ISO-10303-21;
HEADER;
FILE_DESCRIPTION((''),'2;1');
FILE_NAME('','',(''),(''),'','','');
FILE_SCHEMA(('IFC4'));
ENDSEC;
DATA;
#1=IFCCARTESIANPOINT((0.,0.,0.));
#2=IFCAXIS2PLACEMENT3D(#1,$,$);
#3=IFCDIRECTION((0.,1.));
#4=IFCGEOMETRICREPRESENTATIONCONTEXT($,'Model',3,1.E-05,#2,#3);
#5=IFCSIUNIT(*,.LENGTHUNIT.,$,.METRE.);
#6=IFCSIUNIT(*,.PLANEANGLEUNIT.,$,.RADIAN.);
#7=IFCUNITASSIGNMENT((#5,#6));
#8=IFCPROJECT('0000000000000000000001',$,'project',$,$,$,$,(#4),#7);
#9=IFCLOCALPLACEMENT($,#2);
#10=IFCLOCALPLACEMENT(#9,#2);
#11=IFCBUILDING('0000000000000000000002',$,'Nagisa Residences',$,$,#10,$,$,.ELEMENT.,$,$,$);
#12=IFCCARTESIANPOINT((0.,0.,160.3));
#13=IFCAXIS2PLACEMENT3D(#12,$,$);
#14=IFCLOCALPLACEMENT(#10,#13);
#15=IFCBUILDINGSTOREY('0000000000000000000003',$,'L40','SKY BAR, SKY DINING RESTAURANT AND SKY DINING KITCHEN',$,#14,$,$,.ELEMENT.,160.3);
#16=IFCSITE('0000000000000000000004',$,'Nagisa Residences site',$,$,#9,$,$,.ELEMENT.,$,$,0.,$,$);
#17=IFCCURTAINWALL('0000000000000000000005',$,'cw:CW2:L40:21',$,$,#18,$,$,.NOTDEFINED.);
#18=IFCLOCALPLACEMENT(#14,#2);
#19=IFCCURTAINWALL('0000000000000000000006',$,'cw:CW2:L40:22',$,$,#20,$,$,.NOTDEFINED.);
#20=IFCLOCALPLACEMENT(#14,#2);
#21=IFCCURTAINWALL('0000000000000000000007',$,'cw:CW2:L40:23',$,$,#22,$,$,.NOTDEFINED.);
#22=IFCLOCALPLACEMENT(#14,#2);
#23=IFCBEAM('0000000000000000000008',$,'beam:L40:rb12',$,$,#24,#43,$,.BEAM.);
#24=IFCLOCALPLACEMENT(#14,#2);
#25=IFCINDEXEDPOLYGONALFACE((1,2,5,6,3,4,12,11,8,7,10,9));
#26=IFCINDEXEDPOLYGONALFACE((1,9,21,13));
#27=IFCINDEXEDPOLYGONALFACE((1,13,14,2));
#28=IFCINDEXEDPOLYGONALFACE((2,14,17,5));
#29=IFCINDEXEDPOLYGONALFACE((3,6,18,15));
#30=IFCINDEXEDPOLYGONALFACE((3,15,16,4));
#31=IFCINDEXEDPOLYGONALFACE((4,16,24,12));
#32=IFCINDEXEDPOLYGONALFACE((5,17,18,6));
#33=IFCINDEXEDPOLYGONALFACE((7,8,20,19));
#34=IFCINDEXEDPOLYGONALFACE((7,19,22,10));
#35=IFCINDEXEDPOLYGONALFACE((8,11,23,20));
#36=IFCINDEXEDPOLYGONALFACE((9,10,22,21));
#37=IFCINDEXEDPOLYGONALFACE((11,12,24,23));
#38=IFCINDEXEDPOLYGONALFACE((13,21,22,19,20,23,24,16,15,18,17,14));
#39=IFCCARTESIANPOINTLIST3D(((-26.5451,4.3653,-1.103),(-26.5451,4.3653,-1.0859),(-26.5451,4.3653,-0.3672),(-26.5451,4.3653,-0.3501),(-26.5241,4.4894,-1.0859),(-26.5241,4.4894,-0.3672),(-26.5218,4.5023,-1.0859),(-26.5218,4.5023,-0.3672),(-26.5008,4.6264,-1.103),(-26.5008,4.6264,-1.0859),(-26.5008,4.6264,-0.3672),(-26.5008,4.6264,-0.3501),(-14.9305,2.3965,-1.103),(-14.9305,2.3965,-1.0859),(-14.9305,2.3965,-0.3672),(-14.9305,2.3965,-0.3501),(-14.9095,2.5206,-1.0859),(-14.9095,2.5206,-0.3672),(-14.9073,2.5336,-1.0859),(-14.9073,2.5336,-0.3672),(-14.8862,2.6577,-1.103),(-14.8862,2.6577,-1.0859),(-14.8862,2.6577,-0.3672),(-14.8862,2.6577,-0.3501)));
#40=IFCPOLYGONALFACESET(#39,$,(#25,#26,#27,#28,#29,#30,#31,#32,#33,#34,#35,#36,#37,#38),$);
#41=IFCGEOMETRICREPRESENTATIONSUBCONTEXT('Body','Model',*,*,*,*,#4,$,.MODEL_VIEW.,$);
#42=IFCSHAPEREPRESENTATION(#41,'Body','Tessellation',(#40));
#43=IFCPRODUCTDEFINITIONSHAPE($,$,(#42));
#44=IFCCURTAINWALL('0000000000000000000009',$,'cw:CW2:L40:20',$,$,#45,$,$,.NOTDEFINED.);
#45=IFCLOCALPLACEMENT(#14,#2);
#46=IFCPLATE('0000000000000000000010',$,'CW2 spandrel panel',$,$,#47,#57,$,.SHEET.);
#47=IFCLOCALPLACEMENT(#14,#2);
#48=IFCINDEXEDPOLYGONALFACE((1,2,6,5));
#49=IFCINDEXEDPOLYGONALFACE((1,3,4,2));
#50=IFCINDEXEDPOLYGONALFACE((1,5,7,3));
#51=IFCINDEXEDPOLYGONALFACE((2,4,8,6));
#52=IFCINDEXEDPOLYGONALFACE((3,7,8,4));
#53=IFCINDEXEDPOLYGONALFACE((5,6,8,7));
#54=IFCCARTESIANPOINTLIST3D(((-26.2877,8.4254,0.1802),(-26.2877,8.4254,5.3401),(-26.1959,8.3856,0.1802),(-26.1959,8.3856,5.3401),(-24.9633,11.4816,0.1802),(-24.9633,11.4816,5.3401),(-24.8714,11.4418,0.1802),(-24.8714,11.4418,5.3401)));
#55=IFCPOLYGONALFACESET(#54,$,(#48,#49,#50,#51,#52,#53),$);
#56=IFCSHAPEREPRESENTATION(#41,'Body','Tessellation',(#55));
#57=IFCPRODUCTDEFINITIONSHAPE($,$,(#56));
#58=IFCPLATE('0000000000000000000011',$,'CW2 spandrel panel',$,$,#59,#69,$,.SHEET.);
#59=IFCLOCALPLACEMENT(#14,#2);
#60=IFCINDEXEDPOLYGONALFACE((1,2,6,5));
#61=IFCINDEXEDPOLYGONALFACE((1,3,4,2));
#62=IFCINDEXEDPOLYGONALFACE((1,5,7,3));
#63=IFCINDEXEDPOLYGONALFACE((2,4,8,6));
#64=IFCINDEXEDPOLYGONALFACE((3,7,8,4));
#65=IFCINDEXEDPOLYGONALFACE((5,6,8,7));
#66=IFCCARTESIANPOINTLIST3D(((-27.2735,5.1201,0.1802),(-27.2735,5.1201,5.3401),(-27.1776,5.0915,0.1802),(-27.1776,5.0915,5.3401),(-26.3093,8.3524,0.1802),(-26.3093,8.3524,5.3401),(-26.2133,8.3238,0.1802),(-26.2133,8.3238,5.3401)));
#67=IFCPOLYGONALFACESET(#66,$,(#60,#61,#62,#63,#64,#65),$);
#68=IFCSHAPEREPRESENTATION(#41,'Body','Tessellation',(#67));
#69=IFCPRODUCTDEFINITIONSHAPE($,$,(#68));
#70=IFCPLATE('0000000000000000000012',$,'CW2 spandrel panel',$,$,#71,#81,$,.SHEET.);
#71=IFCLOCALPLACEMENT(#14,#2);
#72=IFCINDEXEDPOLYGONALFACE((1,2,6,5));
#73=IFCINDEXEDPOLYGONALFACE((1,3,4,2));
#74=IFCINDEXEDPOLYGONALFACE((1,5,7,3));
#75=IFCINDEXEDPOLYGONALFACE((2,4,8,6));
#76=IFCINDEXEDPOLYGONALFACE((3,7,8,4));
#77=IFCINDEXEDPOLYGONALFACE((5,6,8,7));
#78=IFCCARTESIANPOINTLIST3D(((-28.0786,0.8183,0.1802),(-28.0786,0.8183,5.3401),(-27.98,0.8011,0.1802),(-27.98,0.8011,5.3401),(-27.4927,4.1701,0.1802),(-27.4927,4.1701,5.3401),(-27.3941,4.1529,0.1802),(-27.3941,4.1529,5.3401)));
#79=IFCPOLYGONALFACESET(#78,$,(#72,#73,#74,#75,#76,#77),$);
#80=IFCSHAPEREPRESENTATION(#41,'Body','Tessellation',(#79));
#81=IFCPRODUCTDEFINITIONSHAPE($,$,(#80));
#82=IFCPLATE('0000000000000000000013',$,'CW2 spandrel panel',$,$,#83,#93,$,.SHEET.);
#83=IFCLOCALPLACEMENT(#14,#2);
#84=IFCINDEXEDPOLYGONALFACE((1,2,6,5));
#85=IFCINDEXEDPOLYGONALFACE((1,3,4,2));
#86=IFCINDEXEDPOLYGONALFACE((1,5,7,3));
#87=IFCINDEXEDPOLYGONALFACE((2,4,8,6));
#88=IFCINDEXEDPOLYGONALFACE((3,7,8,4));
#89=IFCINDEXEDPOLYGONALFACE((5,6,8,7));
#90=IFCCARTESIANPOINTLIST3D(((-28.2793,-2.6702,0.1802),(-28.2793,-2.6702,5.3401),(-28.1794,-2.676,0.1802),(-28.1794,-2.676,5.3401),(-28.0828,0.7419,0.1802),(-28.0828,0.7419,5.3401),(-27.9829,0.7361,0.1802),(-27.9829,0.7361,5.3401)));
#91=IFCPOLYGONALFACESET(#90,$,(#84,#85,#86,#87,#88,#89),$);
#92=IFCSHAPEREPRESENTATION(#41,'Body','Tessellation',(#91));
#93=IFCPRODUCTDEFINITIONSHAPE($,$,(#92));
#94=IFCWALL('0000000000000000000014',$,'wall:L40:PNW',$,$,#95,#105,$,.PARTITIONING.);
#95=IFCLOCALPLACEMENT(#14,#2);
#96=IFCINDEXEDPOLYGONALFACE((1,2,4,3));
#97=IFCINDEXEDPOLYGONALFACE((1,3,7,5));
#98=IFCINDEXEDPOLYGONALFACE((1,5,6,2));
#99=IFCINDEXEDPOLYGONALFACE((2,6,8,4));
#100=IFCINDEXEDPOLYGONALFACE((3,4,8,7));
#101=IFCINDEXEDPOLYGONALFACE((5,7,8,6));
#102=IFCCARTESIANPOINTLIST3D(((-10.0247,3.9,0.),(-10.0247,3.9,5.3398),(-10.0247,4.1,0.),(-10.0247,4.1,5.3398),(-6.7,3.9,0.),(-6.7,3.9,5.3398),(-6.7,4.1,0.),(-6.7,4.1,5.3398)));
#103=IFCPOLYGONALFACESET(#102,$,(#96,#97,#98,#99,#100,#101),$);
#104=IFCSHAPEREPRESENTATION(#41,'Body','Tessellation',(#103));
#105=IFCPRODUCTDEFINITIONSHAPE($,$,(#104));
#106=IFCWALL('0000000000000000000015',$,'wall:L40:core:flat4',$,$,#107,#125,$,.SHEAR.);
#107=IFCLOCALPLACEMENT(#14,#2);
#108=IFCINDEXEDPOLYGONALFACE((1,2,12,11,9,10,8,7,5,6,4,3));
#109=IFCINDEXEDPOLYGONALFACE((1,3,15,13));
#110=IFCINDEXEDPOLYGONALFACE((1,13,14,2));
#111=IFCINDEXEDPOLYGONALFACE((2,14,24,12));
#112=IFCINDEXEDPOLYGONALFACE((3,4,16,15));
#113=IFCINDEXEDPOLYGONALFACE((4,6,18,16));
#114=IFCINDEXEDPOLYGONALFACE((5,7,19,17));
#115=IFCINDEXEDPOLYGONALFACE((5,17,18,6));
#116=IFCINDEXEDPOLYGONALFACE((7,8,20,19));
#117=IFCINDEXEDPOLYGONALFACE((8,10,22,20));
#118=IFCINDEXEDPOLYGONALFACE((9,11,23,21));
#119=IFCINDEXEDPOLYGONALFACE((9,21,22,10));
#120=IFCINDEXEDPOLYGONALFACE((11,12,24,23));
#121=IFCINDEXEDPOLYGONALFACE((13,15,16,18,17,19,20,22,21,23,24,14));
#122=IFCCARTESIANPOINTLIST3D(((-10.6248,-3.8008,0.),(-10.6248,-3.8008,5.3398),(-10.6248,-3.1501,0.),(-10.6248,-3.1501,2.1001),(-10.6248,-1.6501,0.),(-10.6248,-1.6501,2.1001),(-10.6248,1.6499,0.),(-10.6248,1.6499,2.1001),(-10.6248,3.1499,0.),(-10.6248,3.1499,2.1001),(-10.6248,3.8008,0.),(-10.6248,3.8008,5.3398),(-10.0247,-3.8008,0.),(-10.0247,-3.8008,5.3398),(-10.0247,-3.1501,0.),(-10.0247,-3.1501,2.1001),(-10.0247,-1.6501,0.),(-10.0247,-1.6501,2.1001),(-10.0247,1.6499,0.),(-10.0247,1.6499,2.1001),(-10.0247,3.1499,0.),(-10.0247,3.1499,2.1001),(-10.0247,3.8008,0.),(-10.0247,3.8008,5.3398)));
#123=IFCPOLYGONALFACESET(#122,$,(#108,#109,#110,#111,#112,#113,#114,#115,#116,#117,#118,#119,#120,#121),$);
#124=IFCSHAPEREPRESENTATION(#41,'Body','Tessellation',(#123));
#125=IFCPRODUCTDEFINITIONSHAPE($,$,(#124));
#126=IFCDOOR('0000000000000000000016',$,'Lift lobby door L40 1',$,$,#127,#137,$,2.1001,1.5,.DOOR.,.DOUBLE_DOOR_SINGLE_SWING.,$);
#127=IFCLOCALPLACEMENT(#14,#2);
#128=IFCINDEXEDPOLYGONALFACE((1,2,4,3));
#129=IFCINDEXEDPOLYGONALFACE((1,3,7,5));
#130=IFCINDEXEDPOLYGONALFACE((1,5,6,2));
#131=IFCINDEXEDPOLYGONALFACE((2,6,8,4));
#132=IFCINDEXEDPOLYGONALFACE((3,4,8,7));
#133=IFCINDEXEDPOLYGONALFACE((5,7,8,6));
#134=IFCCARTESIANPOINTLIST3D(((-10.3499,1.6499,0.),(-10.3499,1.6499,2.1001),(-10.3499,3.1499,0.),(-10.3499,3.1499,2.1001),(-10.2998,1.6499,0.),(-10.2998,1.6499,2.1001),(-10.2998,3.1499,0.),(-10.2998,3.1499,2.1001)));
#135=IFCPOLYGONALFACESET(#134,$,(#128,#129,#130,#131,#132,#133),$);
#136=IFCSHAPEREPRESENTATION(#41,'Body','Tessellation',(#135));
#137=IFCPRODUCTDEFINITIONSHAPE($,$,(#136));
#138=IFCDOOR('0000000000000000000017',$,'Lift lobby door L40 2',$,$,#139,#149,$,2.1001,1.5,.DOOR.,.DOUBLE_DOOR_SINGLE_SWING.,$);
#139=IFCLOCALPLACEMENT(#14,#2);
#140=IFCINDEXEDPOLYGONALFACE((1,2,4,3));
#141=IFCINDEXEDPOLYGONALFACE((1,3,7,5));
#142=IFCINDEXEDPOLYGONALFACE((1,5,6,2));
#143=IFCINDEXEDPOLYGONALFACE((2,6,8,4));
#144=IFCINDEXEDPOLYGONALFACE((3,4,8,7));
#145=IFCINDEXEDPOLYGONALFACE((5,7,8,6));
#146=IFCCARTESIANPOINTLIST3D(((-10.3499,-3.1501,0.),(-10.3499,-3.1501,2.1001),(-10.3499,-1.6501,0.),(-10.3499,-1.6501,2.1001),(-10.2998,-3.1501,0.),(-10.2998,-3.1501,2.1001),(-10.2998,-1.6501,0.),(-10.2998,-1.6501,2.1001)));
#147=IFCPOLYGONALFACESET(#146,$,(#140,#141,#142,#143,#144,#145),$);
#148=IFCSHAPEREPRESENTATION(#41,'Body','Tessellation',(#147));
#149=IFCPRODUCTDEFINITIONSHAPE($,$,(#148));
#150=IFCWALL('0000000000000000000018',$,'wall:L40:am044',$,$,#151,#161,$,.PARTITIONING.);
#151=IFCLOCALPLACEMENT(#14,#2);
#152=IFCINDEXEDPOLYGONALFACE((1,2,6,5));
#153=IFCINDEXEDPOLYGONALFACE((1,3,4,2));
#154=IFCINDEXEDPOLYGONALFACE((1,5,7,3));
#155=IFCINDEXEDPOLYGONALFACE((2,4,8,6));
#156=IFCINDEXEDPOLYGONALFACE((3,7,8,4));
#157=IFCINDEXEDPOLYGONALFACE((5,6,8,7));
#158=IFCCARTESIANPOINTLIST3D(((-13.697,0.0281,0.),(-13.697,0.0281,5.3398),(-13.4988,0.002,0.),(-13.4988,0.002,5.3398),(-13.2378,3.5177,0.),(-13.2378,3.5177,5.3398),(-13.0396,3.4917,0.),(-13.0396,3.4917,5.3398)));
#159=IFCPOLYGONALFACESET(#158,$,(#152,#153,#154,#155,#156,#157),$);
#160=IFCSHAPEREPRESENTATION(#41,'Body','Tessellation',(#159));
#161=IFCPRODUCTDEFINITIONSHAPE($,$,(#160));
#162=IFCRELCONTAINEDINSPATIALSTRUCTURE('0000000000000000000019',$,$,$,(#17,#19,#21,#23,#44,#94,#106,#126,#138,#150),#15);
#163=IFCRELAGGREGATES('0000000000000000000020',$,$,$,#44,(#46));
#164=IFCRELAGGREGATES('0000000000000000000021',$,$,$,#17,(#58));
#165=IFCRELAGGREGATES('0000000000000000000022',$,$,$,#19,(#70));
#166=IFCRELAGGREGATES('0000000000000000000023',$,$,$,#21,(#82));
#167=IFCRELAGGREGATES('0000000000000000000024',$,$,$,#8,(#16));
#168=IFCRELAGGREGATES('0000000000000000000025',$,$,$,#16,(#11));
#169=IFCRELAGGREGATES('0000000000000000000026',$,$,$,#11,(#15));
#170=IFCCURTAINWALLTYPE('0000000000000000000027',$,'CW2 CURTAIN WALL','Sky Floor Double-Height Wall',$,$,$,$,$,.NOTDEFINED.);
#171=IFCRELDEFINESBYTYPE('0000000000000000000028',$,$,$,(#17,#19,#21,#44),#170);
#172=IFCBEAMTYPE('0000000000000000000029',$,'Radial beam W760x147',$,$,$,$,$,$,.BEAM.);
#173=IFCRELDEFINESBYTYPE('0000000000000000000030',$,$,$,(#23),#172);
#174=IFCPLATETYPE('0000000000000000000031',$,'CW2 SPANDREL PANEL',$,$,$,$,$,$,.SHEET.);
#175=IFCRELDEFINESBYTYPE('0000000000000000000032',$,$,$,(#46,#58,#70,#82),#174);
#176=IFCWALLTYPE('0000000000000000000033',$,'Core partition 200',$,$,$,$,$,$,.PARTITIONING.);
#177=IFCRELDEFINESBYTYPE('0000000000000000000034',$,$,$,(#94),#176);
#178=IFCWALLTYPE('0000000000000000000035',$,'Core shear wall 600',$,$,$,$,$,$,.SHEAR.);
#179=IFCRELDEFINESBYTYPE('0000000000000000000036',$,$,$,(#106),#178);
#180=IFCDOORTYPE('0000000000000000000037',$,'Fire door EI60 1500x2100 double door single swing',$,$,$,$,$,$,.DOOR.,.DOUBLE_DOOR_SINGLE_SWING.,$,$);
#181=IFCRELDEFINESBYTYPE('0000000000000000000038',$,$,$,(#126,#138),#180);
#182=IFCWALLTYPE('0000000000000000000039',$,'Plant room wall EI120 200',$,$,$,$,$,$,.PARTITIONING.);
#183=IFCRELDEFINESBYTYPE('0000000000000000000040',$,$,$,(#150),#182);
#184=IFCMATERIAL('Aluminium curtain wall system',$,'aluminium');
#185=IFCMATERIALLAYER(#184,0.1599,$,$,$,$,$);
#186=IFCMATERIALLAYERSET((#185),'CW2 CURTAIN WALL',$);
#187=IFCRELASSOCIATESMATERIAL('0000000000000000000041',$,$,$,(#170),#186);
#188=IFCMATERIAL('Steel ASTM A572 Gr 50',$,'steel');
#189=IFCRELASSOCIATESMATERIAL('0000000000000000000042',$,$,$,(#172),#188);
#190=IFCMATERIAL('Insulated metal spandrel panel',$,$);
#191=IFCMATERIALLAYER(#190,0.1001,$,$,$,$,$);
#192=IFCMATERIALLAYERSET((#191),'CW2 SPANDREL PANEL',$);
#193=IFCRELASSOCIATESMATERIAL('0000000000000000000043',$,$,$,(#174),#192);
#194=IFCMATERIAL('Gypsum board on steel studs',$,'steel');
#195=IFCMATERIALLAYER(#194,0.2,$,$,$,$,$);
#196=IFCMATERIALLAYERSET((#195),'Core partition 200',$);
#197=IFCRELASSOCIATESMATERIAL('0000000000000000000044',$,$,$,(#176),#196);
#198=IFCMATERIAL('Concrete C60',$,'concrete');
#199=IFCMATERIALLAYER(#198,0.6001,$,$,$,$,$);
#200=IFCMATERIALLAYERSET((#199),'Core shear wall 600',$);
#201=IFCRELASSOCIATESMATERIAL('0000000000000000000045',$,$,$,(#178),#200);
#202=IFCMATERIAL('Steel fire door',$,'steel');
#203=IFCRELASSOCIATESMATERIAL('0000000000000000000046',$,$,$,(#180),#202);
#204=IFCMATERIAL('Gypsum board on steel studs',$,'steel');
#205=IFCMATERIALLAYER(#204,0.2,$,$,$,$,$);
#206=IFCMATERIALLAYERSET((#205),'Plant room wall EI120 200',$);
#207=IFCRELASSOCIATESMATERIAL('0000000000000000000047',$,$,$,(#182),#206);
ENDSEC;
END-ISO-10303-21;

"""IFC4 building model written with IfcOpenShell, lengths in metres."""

from ifc_helpers import new_model, si_unit, direction, frame, frame_2d, origin, origin_2d, place, context, subcontext, project, spatial, rectangle, i_section, extrude, material, layer, layer_set, material_profile, profile_set, type_object, element, fill, aggregate, save


model = new_model("IFC4")

# Units and contexts
model_context = context("Model", 3, precision=1e-05, world=origin(), true_north=direction((0.0, 1.0)))
body_context = subcontext(model_context, "Body", "Model", "MODEL_VIEW")
ifc_project = project(units=[si_unit("LENGTHUNIT", "METRE"), si_unit("PLANEANGLEUNIT", "RADIAN")], contexts=[model_context])

# Site, building, storey
site_placement = place(None, origin())
site = spatial("IfcSite", under=ifc_project, at=site_placement, Name="Nagisa Residences site", CompositionType="ELEMENT", RefElevation=0.0)
building_placement = place(site_placement, origin())
building = spatial("IfcBuilding", under=site, at=building_placement, Name="Nagisa Residences", CompositionType="ELEMENT")
storey_placement = place(building_placement, frame((0.0, 0.0, 160.3)))
storey = spatial("IfcBuildingStorey", under=building, at=storey_placement, Name="L40", Description="SKY BAR, SKY DINING RESTAURANT AND SKY DINING KITCHEN", CompositionType="ELEMENT", Elevation=160.3)

# Curtain walls
ifc_material_1 = material(Name="Aluminium curtain wall system", Category="aluminium")
ifc_layer_1 = layer(ifc_material_1, 0.1599)
ifc_layer_set_1 = layer_set([ifc_layer_1], Name="CW2 CURTAIN WALL")
curtain_wall_type = type_object("IfcCurtainWallType", Name="CW2 CURTAIN WALL", Description="Sky Floor Double-Height Wall", PredefinedType="NOTDEFINED", material=ifc_layer_set_1)
curtain_wall_1_placement = place(storey_placement, origin())
curtain_wall_1 = element("IfcCurtainWall", 1, at=curtain_wall_1_placement, inside=storey, type_object=curtain_wall_type, Name="cw:CW2:L40:21", PredefinedType="NOTDEFINED")
curtain_wall_2_placement = place(storey_placement, origin())
curtain_wall_2 = element("IfcCurtainWall", 2, at=curtain_wall_2_placement, inside=storey, type_object=curtain_wall_type, Name="cw:CW2:L40:22", PredefinedType="NOTDEFINED")
curtain_wall_3_placement = place(storey_placement, origin())
curtain_wall_3 = element("IfcCurtainWall", 3, at=curtain_wall_3_placement, inside=storey, type_object=curtain_wall_type, Name="cw:CW2:L40:23", PredefinedType="NOTDEFINED")

# Beam
ifc_material_2 = material(Name="Steel ASTM A572 Gr 50", Category="steel")
ifc_material_profile_1 = material_profile(ifc_material_2, i_section(OverallWidth=0.2649, OverallDepth=0.7529, WebThickness=0.0132, FlangeThickness=0.0171, at=origin_2d()), Name="W760x147")
ifc_profile_set_1 = profile_set([ifc_material_profile_1], Name="Steel ASTM A572 Gr 50")
beam_type_1 = type_object("IfcBeamType", Name="Radial beam W760x147", PredefinedType="BEAM", material=ifc_profile_set_1)
beam_1_placement = place(storey_placement, frame((-26.5229, 4.4958, -0.7266), z_axis=(0.985936, -0.167124, 0.0), x_axis=(0.167124, 0.985936, 0.0)))
element("IfcBeam", 4, at=beam_1_placement, inside=storey, type_object=beam_type_1, Name="beam:L40:rb12", PredefinedType="BEAM", context=body_context, shape_type="SweptSolid", body=[
    extrude(i_section(OverallWidth=0.2649, OverallDepth=0.7529, WebThickness=0.0132, FlangeThickness=0.0171, at=origin_2d()), origin(), (0.0, 0.0, 1.0), 11.7803),
])

# Curtain wall, plate
curtain_wall_4_placement = place(storey_placement, origin())
curtain_wall_4 = element("IfcCurtainWall", 5, at=curtain_wall_4_placement, inside=storey, type_object=curtain_wall_type, Name="cw:CW2:L40:20", PredefinedType="NOTDEFINED")
ifc_material_3 = material(Name="Insulated metal spandrel panel")
ifc_layer_2 = layer(ifc_material_3, 0.1001)
ifc_layer_set_2 = layer_set([ifc_layer_2], Name="CW2 SPANDREL PANEL")
plate_type = type_object("IfcPlateType", Name="CW2 SPANDREL PANEL", PredefinedType="SHEET", material=ifc_layer_set_2)
plate_1_placement = place(storey_placement, frame((-25.5796, 9.9336, 0.1802), z_axis=(0.0, 0.0, 1.0), x_axis=(-0.397636, -0.917543, 0.0)))
plate_1 = element("IfcPlate", 6, at=plate_1_placement, type_object=plate_type, Name="CW2 spandrel panel", PredefinedType="SHEET", context=body_context, shape_type="SweptSolid", body=[
    extrude(rectangle(XDim=3.3308, YDim=0.1001, at=origin_2d()), origin(), (0.0, 0.0, 1.0), 5.1599),
])
aggregate(curtain_wall_4, [plate_1])

# Plates
plate_2_placement = place(storey_placement, frame((-26.7434, 6.7219, 0.1802), z_axis=(0.0, 0.0, 1.0), x_axis=(-0.28586, -0.958271, 0.0)))
plate_2 = element("IfcPlate", 7, at=plate_2_placement, type_object=plate_type, Name="CW2 spandrel panel", PredefinedType="SHEET", context=body_context, shape_type="SweptSolid", body=[
    extrude(rectangle(XDim=3.373, YDim=0.1001, at=origin_2d()), origin(), (0.0, 0.0, 1.0), 5.1599),
])
aggregate(curtain_wall_1, [plate_2])
plate_3_placement = place(storey_placement, frame((-27.7363, 2.4856, 0.1802), z_axis=(0.0, 0.0, 1.0), x_axis=(-0.172191, -0.985064, 0.0)))
plate_3 = element("IfcPlate", 8, at=plate_3_placement, type_object=plate_type, Name="CW2 spandrel panel", PredefinedType="SHEET", context=body_context, shape_type="SweptSolid", body=[
    extrude(rectangle(XDim=3.4026, YDim=0.1001, at=origin_2d()), origin(), (0.0, 0.0, 1.0), 5.1599),
])
aggregate(curtain_wall_2, [plate_3])
plate_4_placement = place(storey_placement, frame((-28.1311, -0.967, 0.1802), z_axis=(0.0, 0.0, 1.0), x_axis=(-0.057503, -0.998345, 0.0)))
plate_4 = element("IfcPlate", 9, at=plate_4_placement, type_object=plate_type, Name="CW2 spandrel panel", PredefinedType="SHEET", context=body_context, shape_type="SweptSolid", body=[
    extrude(rectangle(XDim=3.4177, YDim=0.1001, at=origin_2d()), origin(), (0.0, 0.0, 1.0), 5.1599),
])
aggregate(curtain_wall_3, [plate_4])

# Wall
ifc_material_4 = material(Name="Gypsum board on steel studs", Category="steel")
ifc_layer_3 = layer(ifc_material_4, 0.2)
ifc_layer_set_3 = layer_set([ifc_layer_3], Name="Core partition 200")
wall_type_1 = type_object("IfcWallType", Name="Core partition 200", PredefinedType="PARTITIONING", material=ifc_layer_set_3)
wall_1_placement = place(storey_placement, frame((-10.0247, 4.0, 0.0), z_axis=(0.0, 0.0, 1.0), x_axis=(1.0, 0.0, 0.0)))
element("IfcWall", 10, at=wall_1_placement, inside=storey, type_object=wall_type_1, Name="wall:L40:PNW", PredefinedType="PARTITIONING", context=body_context, shape_type="SweptSolid", body=[
    extrude(rectangle(XDim=3.3247, YDim=0.2, at=frame_2d((1.6624, 0.0))), origin(), (0.0, 0.0, 1.0), 5.3398),
])

# Wall, openings, doors
ifc_material_5 = material(Name="Concrete C60", Category="concrete")
ifc_layer_4 = layer(ifc_material_5, 0.6001)
ifc_layer_set_4 = layer_set([ifc_layer_4], Name="Core shear wall 600")
wall_type_2 = type_object("IfcWallType", Name="Core shear wall 600", PredefinedType="SHEAR", material=ifc_layer_set_4)
wall_2_placement = place(storey_placement, frame((-10.3247, 3.8008, 0.0), z_axis=(0.0, 0.0, 1.0), x_axis=(0.0, -1.0, 0.0)))
wall_2 = element("IfcWall", 11, at=wall_2_placement, inside=storey, type_object=wall_type_2, Name="wall:L40:core:flat4", PredefinedType="SHEAR", context=body_context, shape_type="SweptSolid", body=[
    extrude(rectangle(XDim=7.6016, YDim=0.6001, at=frame_2d((3.8008, 0.0))), origin(), (0.0, 0.0, 1.0), 5.3398),
])
opening_1_placement = place(wall_2_placement, frame((0.6509, 0.0, 0.0)))
opening_1 = element("IfcOpeningElement", 12, at=opening_1_placement, cuts=wall_2, PredefinedType="OPENING", context=body_context, shape_type="SweptSolid", body=[
    extrude(rectangle(XDim=1.5, YDim=2.1001, at=frame_2d((0.75, 1.05))), frame((0.0, 0.3101, 0.0), z_axis=(0.0, -1.0, 0.0), x_axis=(1.0, 0.0, 0.0)), (0.0, 0.0, 1.0), 0.6201),
])
opening_2_placement = place(wall_2_placement, frame((5.4509, 0.0, 0.0)))
opening_2 = element("IfcOpeningElement", 13, at=opening_2_placement, cuts=wall_2, PredefinedType="OPENING", context=body_context, shape_type="SweptSolid", body=[
    extrude(rectangle(XDim=1.5, YDim=2.1001, at=frame_2d((0.75, 1.05))), frame((0.0, 0.3101, 0.0), z_axis=(0.0, -1.0, 0.0), x_axis=(1.0, 0.0, 0.0)), (0.0, 0.0, 1.0), 0.6201),
])
ifc_material_6 = material(Name="Steel fire door", Category="steel")
door_type_1 = type_object("IfcDoorType", Name="Fire door EI60 1500x2100 double door single swing", OperationType="DOUBLE_DOOR_SINGLE_SWING", PredefinedType="DOOR", material=ifc_material_6)
door_1_placement = place(opening_1_placement, origin())
door_1 = element("IfcDoor", 14, at=door_1_placement, inside=storey, type_object=door_type_1, Name="Lift lobby door L40 1", OperationType="DOUBLE_DOOR_SINGLE_SWING", OverallHeight=2.1001, OverallWidth=1.5, PredefinedType="DOOR", context=body_context, shape_type="SweptSolid", body=[
    extrude(rectangle(XDim=1.5, YDim=2.1001, at=frame_2d((0.75, 1.05))), frame((0.0, 0.0249, 0.0), z_axis=(0.0, -1.0, 0.0), x_axis=(1.0, 0.0, 0.0)), (0.0, 0.0, 1.0), 0.05),
])
fill(opening_1, door_1)
door_2_placement = place(opening_2_placement, origin())
door_2 = element("IfcDoor", 15, at=door_2_placement, inside=storey, type_object=door_type_1, Name="Lift lobby door L40 2", OperationType="DOUBLE_DOOR_SINGLE_SWING", OverallHeight=2.1001, OverallWidth=1.5, PredefinedType="DOOR", context=body_context, shape_type="SweptSolid", body=[
    extrude(rectangle(XDim=1.5, YDim=2.1001, at=frame_2d((0.75, 1.05))), frame((0.0, 0.0249, 0.0), z_axis=(0.0, -1.0, 0.0), x_axis=(1.0, 0.0, 0.0)), (0.0, 0.0, 1.0), 0.05),
])
fill(opening_2, door_2)

# Wall
ifc_material_7 = material(Name="Gypsum board on steel studs", Category="steel")
ifc_layer_5 = layer(ifc_material_7, 0.2)
ifc_layer_set_5 = layer_set([ifc_layer_5], Name="Plant room wall EI120 200")
wall_type_3 = type_object("IfcWallType", Name="Plant room wall EI120 200", PredefinedType="PARTITIONING", material=ifc_layer_set_5)
wall_3_placement = place(storey_placement, frame((-13.5979, 0.0151, 0.0), z_axis=(0.0, 0.0, 1.0), x_axis=(0.130469, 0.991452, 0.0)))
element("IfcWall", 16, at=wall_3_placement, inside=storey, type_object=wall_type_3, Name="wall:L40:am044", PredefinedType="PARTITIONING", context=body_context, shape_type="SweptSolid", body=[
    extrude(rectangle(XDim=3.5198, YDim=0.2, at=frame_2d((1.7598, 0.0))), origin(), (0.0, 0.0, 1.0), 5.3398),
])

save(model, "model.ifc")
